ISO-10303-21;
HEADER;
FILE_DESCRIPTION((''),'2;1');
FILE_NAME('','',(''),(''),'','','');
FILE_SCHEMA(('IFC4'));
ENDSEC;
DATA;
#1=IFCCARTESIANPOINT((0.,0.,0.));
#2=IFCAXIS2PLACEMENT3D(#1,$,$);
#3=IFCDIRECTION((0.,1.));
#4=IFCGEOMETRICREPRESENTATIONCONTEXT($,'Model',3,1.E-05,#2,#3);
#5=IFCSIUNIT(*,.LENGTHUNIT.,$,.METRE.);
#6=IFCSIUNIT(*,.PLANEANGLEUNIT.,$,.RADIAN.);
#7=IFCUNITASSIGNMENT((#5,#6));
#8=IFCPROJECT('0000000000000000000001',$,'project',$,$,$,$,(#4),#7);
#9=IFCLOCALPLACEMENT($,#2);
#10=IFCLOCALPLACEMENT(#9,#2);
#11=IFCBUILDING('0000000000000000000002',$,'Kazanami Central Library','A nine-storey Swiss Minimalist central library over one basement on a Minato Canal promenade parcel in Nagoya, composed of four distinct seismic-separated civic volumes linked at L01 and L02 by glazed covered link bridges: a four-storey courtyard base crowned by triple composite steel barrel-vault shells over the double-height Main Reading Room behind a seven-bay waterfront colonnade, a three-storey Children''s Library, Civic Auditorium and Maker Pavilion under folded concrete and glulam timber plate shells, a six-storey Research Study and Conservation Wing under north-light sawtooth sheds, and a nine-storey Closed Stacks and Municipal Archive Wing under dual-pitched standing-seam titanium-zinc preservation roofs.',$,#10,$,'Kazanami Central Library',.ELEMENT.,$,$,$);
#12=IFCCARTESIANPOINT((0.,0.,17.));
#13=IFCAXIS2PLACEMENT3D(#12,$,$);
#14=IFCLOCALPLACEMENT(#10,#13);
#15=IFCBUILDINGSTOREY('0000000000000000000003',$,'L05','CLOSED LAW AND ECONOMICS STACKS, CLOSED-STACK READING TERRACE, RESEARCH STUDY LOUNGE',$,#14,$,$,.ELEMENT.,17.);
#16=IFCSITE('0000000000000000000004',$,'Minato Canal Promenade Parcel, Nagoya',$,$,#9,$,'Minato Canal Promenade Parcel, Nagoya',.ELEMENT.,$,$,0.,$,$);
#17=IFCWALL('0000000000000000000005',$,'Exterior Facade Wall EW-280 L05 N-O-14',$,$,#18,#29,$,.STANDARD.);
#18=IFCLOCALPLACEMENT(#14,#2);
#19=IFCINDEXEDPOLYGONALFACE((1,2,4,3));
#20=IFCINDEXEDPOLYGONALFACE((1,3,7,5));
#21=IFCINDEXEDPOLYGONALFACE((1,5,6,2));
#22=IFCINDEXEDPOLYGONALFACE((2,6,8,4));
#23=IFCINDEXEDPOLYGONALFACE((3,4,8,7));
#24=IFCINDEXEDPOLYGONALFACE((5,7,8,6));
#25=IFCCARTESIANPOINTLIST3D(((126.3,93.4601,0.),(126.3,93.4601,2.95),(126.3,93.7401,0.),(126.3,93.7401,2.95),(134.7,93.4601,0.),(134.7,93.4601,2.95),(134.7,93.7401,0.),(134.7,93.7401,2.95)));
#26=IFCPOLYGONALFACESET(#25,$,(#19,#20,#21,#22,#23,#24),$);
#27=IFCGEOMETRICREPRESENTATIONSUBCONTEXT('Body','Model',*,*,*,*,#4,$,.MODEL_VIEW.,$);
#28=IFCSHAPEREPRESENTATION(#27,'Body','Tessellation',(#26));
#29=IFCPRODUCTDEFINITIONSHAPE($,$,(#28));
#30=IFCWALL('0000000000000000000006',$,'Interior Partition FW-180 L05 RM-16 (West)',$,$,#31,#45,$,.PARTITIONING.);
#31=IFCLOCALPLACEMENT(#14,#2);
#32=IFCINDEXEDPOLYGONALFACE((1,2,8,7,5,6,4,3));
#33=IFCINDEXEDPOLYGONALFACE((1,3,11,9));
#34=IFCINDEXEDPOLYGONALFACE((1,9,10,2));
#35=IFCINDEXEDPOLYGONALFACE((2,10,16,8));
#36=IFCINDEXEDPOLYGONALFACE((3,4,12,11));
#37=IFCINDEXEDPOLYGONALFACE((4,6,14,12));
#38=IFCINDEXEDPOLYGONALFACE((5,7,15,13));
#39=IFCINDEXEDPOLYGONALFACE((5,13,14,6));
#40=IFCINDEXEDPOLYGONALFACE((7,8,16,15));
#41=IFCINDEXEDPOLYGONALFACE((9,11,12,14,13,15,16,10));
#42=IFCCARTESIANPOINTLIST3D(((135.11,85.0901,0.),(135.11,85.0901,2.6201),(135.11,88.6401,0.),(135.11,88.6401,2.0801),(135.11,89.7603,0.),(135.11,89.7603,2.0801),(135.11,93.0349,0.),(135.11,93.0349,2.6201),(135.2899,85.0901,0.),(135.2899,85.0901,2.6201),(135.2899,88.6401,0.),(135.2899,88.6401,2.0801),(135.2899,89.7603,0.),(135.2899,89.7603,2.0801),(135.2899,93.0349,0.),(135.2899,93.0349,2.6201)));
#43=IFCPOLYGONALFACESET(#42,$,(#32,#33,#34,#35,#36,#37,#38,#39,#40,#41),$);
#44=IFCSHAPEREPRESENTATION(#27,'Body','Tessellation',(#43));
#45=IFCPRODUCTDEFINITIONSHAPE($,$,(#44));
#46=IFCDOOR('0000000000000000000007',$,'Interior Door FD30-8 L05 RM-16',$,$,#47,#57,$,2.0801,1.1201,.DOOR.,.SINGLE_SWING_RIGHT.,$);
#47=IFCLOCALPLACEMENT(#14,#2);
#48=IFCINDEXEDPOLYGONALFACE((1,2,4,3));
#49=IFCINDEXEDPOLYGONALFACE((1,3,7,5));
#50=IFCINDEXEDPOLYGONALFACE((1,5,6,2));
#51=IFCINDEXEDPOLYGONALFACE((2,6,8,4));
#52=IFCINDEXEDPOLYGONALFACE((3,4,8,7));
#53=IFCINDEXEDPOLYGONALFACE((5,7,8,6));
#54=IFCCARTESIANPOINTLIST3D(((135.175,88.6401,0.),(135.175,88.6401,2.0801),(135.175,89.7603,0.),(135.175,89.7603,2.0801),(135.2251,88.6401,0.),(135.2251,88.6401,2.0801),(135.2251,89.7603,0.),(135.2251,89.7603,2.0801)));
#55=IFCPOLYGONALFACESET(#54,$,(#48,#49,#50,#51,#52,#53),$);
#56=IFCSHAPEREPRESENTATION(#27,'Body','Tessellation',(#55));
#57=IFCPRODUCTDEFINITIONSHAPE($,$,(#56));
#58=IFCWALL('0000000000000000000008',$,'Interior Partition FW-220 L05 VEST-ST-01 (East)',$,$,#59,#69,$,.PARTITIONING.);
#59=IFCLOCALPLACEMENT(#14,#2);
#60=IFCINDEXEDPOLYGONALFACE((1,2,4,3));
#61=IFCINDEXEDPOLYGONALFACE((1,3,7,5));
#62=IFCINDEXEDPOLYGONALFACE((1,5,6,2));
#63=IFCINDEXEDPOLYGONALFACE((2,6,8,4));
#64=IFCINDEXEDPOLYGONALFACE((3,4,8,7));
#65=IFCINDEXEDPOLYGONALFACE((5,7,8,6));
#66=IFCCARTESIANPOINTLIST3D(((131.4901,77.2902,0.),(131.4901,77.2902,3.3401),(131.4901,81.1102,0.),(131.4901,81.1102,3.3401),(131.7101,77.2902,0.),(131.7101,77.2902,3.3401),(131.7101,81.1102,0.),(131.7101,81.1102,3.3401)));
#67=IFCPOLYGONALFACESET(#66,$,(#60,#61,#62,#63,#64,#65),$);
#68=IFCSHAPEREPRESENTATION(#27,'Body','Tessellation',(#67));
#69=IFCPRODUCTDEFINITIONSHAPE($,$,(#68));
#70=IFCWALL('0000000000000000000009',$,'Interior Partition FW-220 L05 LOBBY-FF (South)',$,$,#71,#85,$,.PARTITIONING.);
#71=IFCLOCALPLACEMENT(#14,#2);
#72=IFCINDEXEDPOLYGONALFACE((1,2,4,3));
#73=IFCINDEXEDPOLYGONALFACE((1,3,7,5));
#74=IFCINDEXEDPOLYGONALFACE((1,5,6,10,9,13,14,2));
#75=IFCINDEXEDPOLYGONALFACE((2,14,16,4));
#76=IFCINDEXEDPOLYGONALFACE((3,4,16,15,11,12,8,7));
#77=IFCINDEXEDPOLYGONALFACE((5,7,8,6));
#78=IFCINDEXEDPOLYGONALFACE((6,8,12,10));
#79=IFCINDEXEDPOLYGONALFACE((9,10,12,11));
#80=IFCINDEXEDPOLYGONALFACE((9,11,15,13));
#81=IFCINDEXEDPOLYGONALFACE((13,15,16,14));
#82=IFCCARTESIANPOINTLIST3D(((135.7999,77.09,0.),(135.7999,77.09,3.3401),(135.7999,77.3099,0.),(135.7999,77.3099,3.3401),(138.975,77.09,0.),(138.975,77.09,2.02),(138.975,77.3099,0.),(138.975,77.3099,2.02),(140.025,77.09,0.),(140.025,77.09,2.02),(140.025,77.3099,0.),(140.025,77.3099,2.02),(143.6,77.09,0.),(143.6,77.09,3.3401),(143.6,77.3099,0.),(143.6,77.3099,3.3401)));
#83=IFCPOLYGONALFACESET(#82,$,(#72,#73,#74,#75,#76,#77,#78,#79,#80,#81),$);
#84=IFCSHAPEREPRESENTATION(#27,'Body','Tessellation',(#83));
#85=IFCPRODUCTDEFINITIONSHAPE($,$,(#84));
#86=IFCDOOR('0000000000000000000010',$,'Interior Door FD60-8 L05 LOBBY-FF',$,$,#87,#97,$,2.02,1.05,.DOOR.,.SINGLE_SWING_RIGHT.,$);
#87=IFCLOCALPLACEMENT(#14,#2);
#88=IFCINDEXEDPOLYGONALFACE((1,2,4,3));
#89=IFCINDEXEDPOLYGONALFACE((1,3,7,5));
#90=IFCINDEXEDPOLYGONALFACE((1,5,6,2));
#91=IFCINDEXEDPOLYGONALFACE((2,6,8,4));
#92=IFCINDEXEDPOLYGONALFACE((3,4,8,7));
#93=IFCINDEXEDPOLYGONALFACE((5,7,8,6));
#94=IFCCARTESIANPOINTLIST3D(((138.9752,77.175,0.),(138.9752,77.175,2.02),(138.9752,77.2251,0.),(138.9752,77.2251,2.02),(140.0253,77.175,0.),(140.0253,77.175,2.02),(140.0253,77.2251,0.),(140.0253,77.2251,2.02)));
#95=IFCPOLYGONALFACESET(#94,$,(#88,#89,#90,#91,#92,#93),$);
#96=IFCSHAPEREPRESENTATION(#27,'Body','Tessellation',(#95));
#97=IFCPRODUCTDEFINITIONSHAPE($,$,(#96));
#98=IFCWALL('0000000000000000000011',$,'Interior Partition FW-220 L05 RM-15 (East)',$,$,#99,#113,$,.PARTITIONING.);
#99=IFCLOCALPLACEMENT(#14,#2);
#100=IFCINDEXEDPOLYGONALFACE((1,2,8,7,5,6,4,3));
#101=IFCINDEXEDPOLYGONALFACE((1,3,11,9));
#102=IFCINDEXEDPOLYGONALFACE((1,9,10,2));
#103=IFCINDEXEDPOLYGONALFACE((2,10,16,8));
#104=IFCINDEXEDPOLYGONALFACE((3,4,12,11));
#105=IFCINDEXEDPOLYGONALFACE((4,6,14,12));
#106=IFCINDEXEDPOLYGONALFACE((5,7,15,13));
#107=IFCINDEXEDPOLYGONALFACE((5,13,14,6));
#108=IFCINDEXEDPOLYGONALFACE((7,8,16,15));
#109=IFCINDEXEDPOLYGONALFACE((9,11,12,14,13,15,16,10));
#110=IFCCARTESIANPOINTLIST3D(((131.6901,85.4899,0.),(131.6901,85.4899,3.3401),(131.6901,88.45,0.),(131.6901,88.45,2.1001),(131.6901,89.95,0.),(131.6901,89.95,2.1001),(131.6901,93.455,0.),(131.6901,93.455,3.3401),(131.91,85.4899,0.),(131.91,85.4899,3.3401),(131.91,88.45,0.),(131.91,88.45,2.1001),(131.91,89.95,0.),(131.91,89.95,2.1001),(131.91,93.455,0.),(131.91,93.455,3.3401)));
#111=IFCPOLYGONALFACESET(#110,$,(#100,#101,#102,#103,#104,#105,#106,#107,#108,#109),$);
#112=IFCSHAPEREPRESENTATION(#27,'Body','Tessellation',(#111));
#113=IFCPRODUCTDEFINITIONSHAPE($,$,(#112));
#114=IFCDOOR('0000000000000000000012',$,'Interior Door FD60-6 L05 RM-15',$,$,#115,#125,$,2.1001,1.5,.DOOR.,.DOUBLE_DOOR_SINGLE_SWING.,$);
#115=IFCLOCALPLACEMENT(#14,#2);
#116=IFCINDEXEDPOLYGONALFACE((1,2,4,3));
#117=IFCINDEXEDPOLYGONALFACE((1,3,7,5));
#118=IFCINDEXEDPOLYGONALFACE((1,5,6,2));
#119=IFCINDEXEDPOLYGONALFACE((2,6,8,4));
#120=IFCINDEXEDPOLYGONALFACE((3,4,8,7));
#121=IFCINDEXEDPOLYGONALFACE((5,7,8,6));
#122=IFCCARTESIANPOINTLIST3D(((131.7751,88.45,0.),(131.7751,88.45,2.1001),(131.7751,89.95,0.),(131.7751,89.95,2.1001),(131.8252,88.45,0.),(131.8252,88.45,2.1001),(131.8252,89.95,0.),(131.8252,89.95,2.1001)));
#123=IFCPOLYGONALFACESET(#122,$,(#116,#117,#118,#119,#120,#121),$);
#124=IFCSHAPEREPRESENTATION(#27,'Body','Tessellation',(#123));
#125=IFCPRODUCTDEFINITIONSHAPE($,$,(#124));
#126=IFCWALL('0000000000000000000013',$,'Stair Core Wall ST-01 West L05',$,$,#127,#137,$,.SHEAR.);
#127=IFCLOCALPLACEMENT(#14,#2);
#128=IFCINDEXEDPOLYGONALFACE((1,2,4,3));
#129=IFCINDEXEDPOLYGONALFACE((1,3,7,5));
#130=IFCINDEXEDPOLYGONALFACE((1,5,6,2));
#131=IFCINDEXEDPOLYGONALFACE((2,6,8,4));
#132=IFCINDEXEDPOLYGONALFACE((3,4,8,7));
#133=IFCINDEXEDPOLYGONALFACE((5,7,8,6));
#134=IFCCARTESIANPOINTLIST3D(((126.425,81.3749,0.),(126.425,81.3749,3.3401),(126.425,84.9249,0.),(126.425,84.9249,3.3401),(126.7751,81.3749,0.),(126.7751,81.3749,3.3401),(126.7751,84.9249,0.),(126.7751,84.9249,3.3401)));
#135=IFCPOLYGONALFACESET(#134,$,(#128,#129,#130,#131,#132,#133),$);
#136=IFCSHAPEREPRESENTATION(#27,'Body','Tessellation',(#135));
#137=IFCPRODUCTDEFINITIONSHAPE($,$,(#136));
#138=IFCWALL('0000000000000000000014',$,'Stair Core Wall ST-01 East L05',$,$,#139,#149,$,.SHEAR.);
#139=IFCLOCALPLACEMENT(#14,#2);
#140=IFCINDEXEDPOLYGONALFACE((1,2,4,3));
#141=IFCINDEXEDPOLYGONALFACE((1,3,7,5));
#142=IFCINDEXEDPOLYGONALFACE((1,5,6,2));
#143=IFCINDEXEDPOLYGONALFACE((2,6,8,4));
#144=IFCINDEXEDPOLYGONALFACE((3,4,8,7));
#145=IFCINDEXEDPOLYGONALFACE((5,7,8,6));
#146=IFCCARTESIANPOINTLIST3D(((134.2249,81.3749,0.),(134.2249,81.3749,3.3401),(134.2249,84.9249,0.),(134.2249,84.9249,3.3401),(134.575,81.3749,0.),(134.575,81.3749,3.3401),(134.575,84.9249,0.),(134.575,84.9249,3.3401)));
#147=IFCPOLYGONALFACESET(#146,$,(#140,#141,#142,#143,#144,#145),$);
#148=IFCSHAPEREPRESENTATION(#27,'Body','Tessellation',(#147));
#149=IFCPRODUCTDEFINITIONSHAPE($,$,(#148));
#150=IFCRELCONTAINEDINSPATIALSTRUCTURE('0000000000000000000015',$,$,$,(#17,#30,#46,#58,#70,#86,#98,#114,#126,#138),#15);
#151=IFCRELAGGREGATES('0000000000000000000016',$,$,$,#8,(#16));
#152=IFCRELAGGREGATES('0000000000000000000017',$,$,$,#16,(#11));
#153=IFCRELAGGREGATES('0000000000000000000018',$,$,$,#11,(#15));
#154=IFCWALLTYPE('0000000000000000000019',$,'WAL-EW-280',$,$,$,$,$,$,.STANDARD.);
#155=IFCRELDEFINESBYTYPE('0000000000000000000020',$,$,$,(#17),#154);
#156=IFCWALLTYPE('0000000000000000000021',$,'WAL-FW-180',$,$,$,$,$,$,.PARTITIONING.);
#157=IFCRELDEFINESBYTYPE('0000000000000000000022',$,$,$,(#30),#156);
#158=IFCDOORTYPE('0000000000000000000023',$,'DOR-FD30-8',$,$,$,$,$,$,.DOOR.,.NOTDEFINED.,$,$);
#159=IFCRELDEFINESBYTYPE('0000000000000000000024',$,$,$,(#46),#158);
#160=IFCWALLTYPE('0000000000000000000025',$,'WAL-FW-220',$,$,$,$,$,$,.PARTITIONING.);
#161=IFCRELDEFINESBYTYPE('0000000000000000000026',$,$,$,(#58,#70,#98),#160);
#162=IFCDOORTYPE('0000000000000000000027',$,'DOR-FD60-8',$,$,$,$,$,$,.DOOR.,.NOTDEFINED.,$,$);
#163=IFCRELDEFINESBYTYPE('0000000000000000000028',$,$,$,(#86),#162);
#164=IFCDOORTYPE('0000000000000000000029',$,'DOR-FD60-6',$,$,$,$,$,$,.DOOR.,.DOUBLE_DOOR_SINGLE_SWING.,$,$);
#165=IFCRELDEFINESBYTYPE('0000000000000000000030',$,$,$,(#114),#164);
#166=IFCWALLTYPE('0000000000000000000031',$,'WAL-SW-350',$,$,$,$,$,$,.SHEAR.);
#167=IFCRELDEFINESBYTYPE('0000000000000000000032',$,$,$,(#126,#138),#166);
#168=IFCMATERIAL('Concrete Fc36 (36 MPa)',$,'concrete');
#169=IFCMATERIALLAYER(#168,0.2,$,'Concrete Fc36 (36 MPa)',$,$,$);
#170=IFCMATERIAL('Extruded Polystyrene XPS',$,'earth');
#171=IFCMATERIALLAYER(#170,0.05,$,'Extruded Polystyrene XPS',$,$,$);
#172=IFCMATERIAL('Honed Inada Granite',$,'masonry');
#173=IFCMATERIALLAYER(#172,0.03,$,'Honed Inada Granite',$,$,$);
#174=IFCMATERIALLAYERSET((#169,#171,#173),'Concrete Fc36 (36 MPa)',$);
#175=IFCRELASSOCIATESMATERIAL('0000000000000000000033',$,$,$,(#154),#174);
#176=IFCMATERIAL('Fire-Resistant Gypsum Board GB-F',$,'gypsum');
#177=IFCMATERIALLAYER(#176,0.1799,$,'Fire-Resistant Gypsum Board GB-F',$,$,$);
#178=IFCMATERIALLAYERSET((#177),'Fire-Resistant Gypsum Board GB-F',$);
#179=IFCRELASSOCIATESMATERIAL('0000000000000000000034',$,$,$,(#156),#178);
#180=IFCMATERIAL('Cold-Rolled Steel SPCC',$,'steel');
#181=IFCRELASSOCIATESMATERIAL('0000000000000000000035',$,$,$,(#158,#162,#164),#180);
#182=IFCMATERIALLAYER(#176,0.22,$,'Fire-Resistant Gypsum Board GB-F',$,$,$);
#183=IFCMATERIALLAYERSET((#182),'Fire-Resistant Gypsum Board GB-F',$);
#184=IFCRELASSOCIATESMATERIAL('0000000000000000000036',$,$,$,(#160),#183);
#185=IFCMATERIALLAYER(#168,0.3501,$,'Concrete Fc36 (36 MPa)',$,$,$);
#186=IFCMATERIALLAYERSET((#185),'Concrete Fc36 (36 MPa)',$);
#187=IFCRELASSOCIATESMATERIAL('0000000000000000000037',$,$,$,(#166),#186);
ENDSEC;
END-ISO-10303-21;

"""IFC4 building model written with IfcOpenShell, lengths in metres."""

from ifc_helpers import new_model, si_unit, direction, frame, frame_2d, origin, place, context, subcontext, project, spatial, rectangle, extrude, material, layer, layer_set, type_object, element, fill, save


model = new_model("IFC4")

# Units and contexts
model_context = context("Model", 3, precision=1e-05, world=origin(), true_north=direction((0.0, 1.0)))
body_context = subcontext(model_context, "Body", "Model", "MODEL_VIEW")
ifc_project = project(units=[si_unit("LENGTHUNIT", "METRE"), si_unit("PLANEANGLEUNIT", "RADIAN")], contexts=[model_context])

# Site, building, storey
site_placement = place(None, origin())
site = spatial("IfcSite", under=ifc_project, at=site_placement, Name="Minato Canal Promenade Parcel, Nagoya", LongName="Minato Canal Promenade Parcel, Nagoya", CompositionType="ELEMENT", RefElevation=0.0)
building_placement = place(site_placement, origin())
building = spatial("IfcBuilding", under=site, at=building_placement, Name="Kazanami Central Library", Description="A nine-storey Swiss Minimalist central library over one basement on a Minato Canal promenade parcel in Nagoya, composed of four distinct seismic-separated civic volumes linked at L01 and L02 by glazed covered link bridges: a four-storey courtyard base crowned by triple composite steel barrel-vault shells over the double-height Main Reading Room behind a seven-bay waterfront colonnade, a three-storey Children's Library, Civic Auditorium and Maker Pavilion under folded concrete and glulam timber plate shells, a six-storey Research Study and Conservation Wing under north-light sawtooth sheds, and a nine-storey Closed Stacks and Municipal Archive Wing under dual-pitched standing-seam titanium-zinc preservation roofs.", LongName="Kazanami Central Library", CompositionType="ELEMENT")
storey_placement = place(building_placement, frame((0.0, 0.0, 17.0)))
storey = spatial("IfcBuildingStorey", under=building, at=storey_placement, Name="L05", Description="CLOSED LAW AND ECONOMICS STACKS, CLOSED-STACK READING TERRACE, RESEARCH STUDY LOUNGE", CompositionType="ELEMENT", Elevation=17.0)

# Wall
ifc_material_1 = material(Name="Concrete Fc36 (36 MPa)", Category="concrete")
ifc_layer_1 = layer(ifc_material_1, 0.2, Name="Concrete Fc36 (36 MPa)")
ifc_material_2 = material(Name="Extruded Polystyrene XPS", Category="earth")
ifc_layer_2 = layer(ifc_material_2, 0.05, Name="Extruded Polystyrene XPS")
ifc_material_3 = material(Name="Honed Inada Granite", Category="masonry")
ifc_layer_3 = layer(ifc_material_3, 0.03, Name="Honed Inada Granite")
ifc_layer_set_1 = layer_set([ifc_layer_1, ifc_layer_2, ifc_layer_3], Name="Concrete Fc36 (36 MPa)")
wall_type_1 = type_object("IfcWallType", Name="WAL-EW-280", PredefinedType="STANDARD", material=ifc_layer_set_1)
wall_1_placement = place(storey_placement, frame((134.7, 93.6001, 0.0), z_axis=(0.0, 0.0, 1.0), x_axis=(-1.0, 0.0, 0.0)))
element("IfcWall", 1, at=wall_1_placement, inside=storey, type_object=wall_type_1, Name="Exterior Facade Wall EW-280 L05 N-O-14", PredefinedType="STANDARD", context=body_context, shape_type="SweptSolid", body=[
    extrude(rectangle(XDim=8.3999, YDim=0.28, at=frame_2d((4.2, 0.0))), origin(), (0.0, 0.0, 1.0), 2.95),
])

# Wall, opening, door
ifc_material_4 = material(Name="Fire-Resistant Gypsum Board GB-F", Category="gypsum")
ifc_layer_4 = layer(ifc_material_4, 0.1799, Name="Fire-Resistant Gypsum Board GB-F")
ifc_layer_set_2 = layer_set([ifc_layer_4], Name="Fire-Resistant Gypsum Board GB-F")
wall_type_2 = type_object("IfcWallType", Name="WAL-FW-180", PredefinedType="PARTITIONING", material=ifc_layer_set_2)
wall_2_placement = place(storey_placement, frame((135.2, 85.0901, 0.0), z_axis=(0.0, 0.0, 1.0), x_axis=(0.0, 1.0, 0.0)))
wall_2 = element("IfcWall", 2, at=wall_2_placement, inside=storey, type_object=wall_type_2, Name="Interior Partition FW-180 L05 RM-16 (West)", PredefinedType="PARTITIONING", context=body_context, shape_type="SweptSolid", body=[
    extrude(rectangle(XDim=7.9448, YDim=0.1799, at=frame_2d((3.9724, 0.0))), origin(), (0.0, 0.0, 1.0), 2.6201),
])
opening_1_placement = place(wall_2_placement, frame((3.55, 0.0, 0.0)))
opening_1 = element("IfcOpeningElement", 3, at=opening_1_placement, cuts=wall_2, PredefinedType="OPENING", context=body_context, shape_type="SweptSolid", body=[
    extrude(rectangle(XDim=1.1201, YDim=2.0801, at=frame_2d((0.5601, 1.04))), frame((0.0, 0.1021, 0.0), z_axis=(0.0, -1.0, 0.0), x_axis=(1.0, 0.0, 0.0)), (0.0, 0.0, 1.0), 0.2039),
])
ifc_material_5 = material(Name="Cold-Rolled Steel SPCC", Category="steel")
door_type_1 = type_object("IfcDoorType", Name="DOR-FD30-8", OperationType="NOTDEFINED", PredefinedType="DOOR", material=ifc_material_5)
door_1_placement = place(opening_1_placement, origin())
door_1 = element("IfcDoor", 4, at=door_1_placement, inside=storey, type_object=door_type_1, Name="Interior Door FD30-8 L05 RM-16", OperationType="SINGLE_SWING_RIGHT", OverallHeight=2.0801, OverallWidth=1.1201, PredefinedType="DOOR", context=body_context, shape_type="SweptSolid", body=[
    extrude(rectangle(XDim=1.1201, YDim=2.0801, at=frame_2d((0.5601, 1.04))), frame((0.0, 0.0249, 0.0), z_axis=(0.0, -1.0, 0.0), x_axis=(1.0, 0.0, 0.0)), (0.0, 0.0, 1.0), 0.05),
])
fill(opening_1, door_1)

# Wall
ifc_layer_5 = layer(ifc_material_4, 0.22, Name="Fire-Resistant Gypsum Board GB-F")
ifc_layer_set_3 = layer_set([ifc_layer_5], Name="Fire-Resistant Gypsum Board GB-F")
wall_type_3 = type_object("IfcWallType", Name="WAL-FW-220", PredefinedType="PARTITIONING", material=ifc_layer_set_3)
wall_3_placement = place(storey_placement, frame((131.6001, 77.29, 0.0), z_axis=(0.0, 0.0, 1.0), x_axis=(0.0, 1.0, 0.0)))
element("IfcWall", 5, at=wall_3_placement, inside=storey, type_object=wall_type_3, Name="Interior Partition FW-220 L05 VEST-ST-01 (East)", PredefinedType="PARTITIONING", context=body_context, shape_type="SweptSolid", body=[
    extrude(rectangle(XDim=3.8201, YDim=0.22, at=frame_2d((1.9102, 0.0))), origin(), (0.0, 0.0, 1.0), 3.3401),
])

# Walls, openings, doors
wall_4_placement = place(storey_placement, frame((135.8, 77.2, 0.0), z_axis=(0.0, 0.0, 1.0), x_axis=(1.0, 0.0, 0.0)))
wall_4 = element("IfcWall", 6, at=wall_4_placement, inside=storey, type_object=wall_type_3, Name="Interior Partition FW-220 L05 LOBBY-FF (South)", PredefinedType="PARTITIONING", context=body_context, shape_type="SweptSolid", body=[
    extrude(rectangle(XDim=7.8, YDim=0.22, at=frame_2d((3.8999, 0.0))), origin(), (0.0, 0.0, 1.0), 3.3401),
])
opening_2_placement = place(wall_4_placement, frame((3.175, 0.0, 0.0)))
opening_2 = element("IfcOpeningElement", 7, at=opening_2_placement, cuts=wall_4, PredefinedType="OPENING", context=body_context, shape_type="SweptSolid", body=[
    extrude(rectangle(XDim=1.05, YDim=2.02, at=frame_2d((0.5249, 1.01))), frame((0.0, 0.1221, 0.0), z_axis=(0.0, -1.0, 0.0), x_axis=(1.0, 0.0, 0.0)), (0.0, 0.0, 1.0), 0.2439),
])
door_type_2 = type_object("IfcDoorType", Name="DOR-FD60-8", OperationType="NOTDEFINED", PredefinedType="DOOR", material=ifc_material_5)
door_2_placement = place(opening_2_placement, frame((1.05, 0.0, 0.0), z_axis=(0.0, 0.0, 1.0), x_axis=(-1.0, 0.0, 0.0)))
door_2 = element("IfcDoor", 8, at=door_2_placement, inside=storey, type_object=door_type_2, Name="Interior Door FD60-8 L05 LOBBY-FF", OperationType="SINGLE_SWING_RIGHT", OverallHeight=2.02, OverallWidth=1.05, PredefinedType="DOOR", context=body_context, shape_type="SweptSolid", body=[
    extrude(rectangle(XDim=1.05, YDim=2.02, at=frame_2d((0.5249, 1.01))), frame((0.0, 0.0249, 0.0), z_axis=(0.0, -1.0, 0.0), x_axis=(1.0, 0.0, 0.0)), (0.0, 0.0, 1.0), 0.05),
])
fill(opening_2, door_2)
wall_5_placement = place(storey_placement, frame((131.8, 85.49, 0.0), z_axis=(0.0, 0.0, 1.0), x_axis=(0.0, 1.0, 0.0)))
wall_5 = element("IfcWall", 9, at=wall_5_placement, inside=storey, type_object=wall_type_3, Name="Interior Partition FW-220 L05 RM-15 (East)", PredefinedType="PARTITIONING", context=body_context, shape_type="SweptSolid", body=[
    extrude(rectangle(XDim=7.9651, YDim=0.22, at=frame_2d((3.9824, 0.0))), origin(), (0.0, 0.0, 1.0), 3.3401),
])
opening_3_placement = place(wall_5_placement, frame((2.96, 0.0, 0.0)))
opening_3 = element("IfcOpeningElement", 10, at=opening_3_placement, cuts=wall_5, PredefinedType="OPENING", context=body_context, shape_type="SweptSolid", body=[
    extrude(rectangle(XDim=1.5, YDim=2.1001, at=frame_2d((0.75, 1.05))), frame((0.0, 0.1221, 0.0), z_axis=(0.0, -1.0, 0.0), x_axis=(1.0, 0.0, 0.0)), (0.0, 0.0, 1.0), 0.2439),
])
door_type_3 = type_object("IfcDoorType", Name="DOR-FD60-6", OperationType="DOUBLE_DOOR_SINGLE_SWING", PredefinedType="DOOR", material=ifc_material_5)
door_3_placement = place(opening_3_placement, origin())
door_3 = element("IfcDoor", 11, at=door_3_placement, inside=storey, type_object=door_type_3, Name="Interior Door FD60-6 L05 RM-15", OperationType="DOUBLE_DOOR_SINGLE_SWING", OverallHeight=2.1001, OverallWidth=1.5, PredefinedType="DOOR", context=body_context, shape_type="SweptSolid", body=[
    extrude(rectangle(XDim=1.5, YDim=2.1001, at=frame_2d((0.75, 1.05))), frame((0.0, 0.0249, 0.0), z_axis=(0.0, -1.0, 0.0), x_axis=(1.0, 0.0, 0.0)), (0.0, 0.0, 1.0), 0.05),
])
fill(opening_3, door_3)

# Walls
ifc_layer_6 = layer(ifc_material_1, 0.3501, Name="Concrete Fc36 (36 MPa)")
ifc_layer_set_4 = layer_set([ifc_layer_6], Name="Concrete Fc36 (36 MPa)")
wall_type_4 = type_object("IfcWallType", Name="WAL-SW-350", PredefinedType="SHEAR", material=ifc_layer_set_4)
for number, where, z_axis, x_axis, name in (
    (12, (126.6001, 81.375, 0.0), (0.0, 0.0, 1.0), (0.0, 1.0, 0.0), "Stair Core Wall ST-01 West L05"),
    (13, (134.3999, 81.375, 0.0), (0.0, 0.0, 1.0), (0.0, 1.0, 0.0), "Stair Core Wall ST-01 East L05"),
):
    element("IfcWall", number, at=place(storey_placement, frame(where, z_axis=z_axis, x_axis=x_axis)), inside=storey, type_object=wall_type_4, Name=name, PredefinedType="SHEAR", context=body_context, shape_type="SweptSolid", body=[
        extrude(rectangle(XDim=3.55, YDim=0.3501, at=frame_2d((1.7749, 0.0))), origin(), (0.0, 0.0, 1.0), 3.3401),
    ])

save(model, "model.ifc")
